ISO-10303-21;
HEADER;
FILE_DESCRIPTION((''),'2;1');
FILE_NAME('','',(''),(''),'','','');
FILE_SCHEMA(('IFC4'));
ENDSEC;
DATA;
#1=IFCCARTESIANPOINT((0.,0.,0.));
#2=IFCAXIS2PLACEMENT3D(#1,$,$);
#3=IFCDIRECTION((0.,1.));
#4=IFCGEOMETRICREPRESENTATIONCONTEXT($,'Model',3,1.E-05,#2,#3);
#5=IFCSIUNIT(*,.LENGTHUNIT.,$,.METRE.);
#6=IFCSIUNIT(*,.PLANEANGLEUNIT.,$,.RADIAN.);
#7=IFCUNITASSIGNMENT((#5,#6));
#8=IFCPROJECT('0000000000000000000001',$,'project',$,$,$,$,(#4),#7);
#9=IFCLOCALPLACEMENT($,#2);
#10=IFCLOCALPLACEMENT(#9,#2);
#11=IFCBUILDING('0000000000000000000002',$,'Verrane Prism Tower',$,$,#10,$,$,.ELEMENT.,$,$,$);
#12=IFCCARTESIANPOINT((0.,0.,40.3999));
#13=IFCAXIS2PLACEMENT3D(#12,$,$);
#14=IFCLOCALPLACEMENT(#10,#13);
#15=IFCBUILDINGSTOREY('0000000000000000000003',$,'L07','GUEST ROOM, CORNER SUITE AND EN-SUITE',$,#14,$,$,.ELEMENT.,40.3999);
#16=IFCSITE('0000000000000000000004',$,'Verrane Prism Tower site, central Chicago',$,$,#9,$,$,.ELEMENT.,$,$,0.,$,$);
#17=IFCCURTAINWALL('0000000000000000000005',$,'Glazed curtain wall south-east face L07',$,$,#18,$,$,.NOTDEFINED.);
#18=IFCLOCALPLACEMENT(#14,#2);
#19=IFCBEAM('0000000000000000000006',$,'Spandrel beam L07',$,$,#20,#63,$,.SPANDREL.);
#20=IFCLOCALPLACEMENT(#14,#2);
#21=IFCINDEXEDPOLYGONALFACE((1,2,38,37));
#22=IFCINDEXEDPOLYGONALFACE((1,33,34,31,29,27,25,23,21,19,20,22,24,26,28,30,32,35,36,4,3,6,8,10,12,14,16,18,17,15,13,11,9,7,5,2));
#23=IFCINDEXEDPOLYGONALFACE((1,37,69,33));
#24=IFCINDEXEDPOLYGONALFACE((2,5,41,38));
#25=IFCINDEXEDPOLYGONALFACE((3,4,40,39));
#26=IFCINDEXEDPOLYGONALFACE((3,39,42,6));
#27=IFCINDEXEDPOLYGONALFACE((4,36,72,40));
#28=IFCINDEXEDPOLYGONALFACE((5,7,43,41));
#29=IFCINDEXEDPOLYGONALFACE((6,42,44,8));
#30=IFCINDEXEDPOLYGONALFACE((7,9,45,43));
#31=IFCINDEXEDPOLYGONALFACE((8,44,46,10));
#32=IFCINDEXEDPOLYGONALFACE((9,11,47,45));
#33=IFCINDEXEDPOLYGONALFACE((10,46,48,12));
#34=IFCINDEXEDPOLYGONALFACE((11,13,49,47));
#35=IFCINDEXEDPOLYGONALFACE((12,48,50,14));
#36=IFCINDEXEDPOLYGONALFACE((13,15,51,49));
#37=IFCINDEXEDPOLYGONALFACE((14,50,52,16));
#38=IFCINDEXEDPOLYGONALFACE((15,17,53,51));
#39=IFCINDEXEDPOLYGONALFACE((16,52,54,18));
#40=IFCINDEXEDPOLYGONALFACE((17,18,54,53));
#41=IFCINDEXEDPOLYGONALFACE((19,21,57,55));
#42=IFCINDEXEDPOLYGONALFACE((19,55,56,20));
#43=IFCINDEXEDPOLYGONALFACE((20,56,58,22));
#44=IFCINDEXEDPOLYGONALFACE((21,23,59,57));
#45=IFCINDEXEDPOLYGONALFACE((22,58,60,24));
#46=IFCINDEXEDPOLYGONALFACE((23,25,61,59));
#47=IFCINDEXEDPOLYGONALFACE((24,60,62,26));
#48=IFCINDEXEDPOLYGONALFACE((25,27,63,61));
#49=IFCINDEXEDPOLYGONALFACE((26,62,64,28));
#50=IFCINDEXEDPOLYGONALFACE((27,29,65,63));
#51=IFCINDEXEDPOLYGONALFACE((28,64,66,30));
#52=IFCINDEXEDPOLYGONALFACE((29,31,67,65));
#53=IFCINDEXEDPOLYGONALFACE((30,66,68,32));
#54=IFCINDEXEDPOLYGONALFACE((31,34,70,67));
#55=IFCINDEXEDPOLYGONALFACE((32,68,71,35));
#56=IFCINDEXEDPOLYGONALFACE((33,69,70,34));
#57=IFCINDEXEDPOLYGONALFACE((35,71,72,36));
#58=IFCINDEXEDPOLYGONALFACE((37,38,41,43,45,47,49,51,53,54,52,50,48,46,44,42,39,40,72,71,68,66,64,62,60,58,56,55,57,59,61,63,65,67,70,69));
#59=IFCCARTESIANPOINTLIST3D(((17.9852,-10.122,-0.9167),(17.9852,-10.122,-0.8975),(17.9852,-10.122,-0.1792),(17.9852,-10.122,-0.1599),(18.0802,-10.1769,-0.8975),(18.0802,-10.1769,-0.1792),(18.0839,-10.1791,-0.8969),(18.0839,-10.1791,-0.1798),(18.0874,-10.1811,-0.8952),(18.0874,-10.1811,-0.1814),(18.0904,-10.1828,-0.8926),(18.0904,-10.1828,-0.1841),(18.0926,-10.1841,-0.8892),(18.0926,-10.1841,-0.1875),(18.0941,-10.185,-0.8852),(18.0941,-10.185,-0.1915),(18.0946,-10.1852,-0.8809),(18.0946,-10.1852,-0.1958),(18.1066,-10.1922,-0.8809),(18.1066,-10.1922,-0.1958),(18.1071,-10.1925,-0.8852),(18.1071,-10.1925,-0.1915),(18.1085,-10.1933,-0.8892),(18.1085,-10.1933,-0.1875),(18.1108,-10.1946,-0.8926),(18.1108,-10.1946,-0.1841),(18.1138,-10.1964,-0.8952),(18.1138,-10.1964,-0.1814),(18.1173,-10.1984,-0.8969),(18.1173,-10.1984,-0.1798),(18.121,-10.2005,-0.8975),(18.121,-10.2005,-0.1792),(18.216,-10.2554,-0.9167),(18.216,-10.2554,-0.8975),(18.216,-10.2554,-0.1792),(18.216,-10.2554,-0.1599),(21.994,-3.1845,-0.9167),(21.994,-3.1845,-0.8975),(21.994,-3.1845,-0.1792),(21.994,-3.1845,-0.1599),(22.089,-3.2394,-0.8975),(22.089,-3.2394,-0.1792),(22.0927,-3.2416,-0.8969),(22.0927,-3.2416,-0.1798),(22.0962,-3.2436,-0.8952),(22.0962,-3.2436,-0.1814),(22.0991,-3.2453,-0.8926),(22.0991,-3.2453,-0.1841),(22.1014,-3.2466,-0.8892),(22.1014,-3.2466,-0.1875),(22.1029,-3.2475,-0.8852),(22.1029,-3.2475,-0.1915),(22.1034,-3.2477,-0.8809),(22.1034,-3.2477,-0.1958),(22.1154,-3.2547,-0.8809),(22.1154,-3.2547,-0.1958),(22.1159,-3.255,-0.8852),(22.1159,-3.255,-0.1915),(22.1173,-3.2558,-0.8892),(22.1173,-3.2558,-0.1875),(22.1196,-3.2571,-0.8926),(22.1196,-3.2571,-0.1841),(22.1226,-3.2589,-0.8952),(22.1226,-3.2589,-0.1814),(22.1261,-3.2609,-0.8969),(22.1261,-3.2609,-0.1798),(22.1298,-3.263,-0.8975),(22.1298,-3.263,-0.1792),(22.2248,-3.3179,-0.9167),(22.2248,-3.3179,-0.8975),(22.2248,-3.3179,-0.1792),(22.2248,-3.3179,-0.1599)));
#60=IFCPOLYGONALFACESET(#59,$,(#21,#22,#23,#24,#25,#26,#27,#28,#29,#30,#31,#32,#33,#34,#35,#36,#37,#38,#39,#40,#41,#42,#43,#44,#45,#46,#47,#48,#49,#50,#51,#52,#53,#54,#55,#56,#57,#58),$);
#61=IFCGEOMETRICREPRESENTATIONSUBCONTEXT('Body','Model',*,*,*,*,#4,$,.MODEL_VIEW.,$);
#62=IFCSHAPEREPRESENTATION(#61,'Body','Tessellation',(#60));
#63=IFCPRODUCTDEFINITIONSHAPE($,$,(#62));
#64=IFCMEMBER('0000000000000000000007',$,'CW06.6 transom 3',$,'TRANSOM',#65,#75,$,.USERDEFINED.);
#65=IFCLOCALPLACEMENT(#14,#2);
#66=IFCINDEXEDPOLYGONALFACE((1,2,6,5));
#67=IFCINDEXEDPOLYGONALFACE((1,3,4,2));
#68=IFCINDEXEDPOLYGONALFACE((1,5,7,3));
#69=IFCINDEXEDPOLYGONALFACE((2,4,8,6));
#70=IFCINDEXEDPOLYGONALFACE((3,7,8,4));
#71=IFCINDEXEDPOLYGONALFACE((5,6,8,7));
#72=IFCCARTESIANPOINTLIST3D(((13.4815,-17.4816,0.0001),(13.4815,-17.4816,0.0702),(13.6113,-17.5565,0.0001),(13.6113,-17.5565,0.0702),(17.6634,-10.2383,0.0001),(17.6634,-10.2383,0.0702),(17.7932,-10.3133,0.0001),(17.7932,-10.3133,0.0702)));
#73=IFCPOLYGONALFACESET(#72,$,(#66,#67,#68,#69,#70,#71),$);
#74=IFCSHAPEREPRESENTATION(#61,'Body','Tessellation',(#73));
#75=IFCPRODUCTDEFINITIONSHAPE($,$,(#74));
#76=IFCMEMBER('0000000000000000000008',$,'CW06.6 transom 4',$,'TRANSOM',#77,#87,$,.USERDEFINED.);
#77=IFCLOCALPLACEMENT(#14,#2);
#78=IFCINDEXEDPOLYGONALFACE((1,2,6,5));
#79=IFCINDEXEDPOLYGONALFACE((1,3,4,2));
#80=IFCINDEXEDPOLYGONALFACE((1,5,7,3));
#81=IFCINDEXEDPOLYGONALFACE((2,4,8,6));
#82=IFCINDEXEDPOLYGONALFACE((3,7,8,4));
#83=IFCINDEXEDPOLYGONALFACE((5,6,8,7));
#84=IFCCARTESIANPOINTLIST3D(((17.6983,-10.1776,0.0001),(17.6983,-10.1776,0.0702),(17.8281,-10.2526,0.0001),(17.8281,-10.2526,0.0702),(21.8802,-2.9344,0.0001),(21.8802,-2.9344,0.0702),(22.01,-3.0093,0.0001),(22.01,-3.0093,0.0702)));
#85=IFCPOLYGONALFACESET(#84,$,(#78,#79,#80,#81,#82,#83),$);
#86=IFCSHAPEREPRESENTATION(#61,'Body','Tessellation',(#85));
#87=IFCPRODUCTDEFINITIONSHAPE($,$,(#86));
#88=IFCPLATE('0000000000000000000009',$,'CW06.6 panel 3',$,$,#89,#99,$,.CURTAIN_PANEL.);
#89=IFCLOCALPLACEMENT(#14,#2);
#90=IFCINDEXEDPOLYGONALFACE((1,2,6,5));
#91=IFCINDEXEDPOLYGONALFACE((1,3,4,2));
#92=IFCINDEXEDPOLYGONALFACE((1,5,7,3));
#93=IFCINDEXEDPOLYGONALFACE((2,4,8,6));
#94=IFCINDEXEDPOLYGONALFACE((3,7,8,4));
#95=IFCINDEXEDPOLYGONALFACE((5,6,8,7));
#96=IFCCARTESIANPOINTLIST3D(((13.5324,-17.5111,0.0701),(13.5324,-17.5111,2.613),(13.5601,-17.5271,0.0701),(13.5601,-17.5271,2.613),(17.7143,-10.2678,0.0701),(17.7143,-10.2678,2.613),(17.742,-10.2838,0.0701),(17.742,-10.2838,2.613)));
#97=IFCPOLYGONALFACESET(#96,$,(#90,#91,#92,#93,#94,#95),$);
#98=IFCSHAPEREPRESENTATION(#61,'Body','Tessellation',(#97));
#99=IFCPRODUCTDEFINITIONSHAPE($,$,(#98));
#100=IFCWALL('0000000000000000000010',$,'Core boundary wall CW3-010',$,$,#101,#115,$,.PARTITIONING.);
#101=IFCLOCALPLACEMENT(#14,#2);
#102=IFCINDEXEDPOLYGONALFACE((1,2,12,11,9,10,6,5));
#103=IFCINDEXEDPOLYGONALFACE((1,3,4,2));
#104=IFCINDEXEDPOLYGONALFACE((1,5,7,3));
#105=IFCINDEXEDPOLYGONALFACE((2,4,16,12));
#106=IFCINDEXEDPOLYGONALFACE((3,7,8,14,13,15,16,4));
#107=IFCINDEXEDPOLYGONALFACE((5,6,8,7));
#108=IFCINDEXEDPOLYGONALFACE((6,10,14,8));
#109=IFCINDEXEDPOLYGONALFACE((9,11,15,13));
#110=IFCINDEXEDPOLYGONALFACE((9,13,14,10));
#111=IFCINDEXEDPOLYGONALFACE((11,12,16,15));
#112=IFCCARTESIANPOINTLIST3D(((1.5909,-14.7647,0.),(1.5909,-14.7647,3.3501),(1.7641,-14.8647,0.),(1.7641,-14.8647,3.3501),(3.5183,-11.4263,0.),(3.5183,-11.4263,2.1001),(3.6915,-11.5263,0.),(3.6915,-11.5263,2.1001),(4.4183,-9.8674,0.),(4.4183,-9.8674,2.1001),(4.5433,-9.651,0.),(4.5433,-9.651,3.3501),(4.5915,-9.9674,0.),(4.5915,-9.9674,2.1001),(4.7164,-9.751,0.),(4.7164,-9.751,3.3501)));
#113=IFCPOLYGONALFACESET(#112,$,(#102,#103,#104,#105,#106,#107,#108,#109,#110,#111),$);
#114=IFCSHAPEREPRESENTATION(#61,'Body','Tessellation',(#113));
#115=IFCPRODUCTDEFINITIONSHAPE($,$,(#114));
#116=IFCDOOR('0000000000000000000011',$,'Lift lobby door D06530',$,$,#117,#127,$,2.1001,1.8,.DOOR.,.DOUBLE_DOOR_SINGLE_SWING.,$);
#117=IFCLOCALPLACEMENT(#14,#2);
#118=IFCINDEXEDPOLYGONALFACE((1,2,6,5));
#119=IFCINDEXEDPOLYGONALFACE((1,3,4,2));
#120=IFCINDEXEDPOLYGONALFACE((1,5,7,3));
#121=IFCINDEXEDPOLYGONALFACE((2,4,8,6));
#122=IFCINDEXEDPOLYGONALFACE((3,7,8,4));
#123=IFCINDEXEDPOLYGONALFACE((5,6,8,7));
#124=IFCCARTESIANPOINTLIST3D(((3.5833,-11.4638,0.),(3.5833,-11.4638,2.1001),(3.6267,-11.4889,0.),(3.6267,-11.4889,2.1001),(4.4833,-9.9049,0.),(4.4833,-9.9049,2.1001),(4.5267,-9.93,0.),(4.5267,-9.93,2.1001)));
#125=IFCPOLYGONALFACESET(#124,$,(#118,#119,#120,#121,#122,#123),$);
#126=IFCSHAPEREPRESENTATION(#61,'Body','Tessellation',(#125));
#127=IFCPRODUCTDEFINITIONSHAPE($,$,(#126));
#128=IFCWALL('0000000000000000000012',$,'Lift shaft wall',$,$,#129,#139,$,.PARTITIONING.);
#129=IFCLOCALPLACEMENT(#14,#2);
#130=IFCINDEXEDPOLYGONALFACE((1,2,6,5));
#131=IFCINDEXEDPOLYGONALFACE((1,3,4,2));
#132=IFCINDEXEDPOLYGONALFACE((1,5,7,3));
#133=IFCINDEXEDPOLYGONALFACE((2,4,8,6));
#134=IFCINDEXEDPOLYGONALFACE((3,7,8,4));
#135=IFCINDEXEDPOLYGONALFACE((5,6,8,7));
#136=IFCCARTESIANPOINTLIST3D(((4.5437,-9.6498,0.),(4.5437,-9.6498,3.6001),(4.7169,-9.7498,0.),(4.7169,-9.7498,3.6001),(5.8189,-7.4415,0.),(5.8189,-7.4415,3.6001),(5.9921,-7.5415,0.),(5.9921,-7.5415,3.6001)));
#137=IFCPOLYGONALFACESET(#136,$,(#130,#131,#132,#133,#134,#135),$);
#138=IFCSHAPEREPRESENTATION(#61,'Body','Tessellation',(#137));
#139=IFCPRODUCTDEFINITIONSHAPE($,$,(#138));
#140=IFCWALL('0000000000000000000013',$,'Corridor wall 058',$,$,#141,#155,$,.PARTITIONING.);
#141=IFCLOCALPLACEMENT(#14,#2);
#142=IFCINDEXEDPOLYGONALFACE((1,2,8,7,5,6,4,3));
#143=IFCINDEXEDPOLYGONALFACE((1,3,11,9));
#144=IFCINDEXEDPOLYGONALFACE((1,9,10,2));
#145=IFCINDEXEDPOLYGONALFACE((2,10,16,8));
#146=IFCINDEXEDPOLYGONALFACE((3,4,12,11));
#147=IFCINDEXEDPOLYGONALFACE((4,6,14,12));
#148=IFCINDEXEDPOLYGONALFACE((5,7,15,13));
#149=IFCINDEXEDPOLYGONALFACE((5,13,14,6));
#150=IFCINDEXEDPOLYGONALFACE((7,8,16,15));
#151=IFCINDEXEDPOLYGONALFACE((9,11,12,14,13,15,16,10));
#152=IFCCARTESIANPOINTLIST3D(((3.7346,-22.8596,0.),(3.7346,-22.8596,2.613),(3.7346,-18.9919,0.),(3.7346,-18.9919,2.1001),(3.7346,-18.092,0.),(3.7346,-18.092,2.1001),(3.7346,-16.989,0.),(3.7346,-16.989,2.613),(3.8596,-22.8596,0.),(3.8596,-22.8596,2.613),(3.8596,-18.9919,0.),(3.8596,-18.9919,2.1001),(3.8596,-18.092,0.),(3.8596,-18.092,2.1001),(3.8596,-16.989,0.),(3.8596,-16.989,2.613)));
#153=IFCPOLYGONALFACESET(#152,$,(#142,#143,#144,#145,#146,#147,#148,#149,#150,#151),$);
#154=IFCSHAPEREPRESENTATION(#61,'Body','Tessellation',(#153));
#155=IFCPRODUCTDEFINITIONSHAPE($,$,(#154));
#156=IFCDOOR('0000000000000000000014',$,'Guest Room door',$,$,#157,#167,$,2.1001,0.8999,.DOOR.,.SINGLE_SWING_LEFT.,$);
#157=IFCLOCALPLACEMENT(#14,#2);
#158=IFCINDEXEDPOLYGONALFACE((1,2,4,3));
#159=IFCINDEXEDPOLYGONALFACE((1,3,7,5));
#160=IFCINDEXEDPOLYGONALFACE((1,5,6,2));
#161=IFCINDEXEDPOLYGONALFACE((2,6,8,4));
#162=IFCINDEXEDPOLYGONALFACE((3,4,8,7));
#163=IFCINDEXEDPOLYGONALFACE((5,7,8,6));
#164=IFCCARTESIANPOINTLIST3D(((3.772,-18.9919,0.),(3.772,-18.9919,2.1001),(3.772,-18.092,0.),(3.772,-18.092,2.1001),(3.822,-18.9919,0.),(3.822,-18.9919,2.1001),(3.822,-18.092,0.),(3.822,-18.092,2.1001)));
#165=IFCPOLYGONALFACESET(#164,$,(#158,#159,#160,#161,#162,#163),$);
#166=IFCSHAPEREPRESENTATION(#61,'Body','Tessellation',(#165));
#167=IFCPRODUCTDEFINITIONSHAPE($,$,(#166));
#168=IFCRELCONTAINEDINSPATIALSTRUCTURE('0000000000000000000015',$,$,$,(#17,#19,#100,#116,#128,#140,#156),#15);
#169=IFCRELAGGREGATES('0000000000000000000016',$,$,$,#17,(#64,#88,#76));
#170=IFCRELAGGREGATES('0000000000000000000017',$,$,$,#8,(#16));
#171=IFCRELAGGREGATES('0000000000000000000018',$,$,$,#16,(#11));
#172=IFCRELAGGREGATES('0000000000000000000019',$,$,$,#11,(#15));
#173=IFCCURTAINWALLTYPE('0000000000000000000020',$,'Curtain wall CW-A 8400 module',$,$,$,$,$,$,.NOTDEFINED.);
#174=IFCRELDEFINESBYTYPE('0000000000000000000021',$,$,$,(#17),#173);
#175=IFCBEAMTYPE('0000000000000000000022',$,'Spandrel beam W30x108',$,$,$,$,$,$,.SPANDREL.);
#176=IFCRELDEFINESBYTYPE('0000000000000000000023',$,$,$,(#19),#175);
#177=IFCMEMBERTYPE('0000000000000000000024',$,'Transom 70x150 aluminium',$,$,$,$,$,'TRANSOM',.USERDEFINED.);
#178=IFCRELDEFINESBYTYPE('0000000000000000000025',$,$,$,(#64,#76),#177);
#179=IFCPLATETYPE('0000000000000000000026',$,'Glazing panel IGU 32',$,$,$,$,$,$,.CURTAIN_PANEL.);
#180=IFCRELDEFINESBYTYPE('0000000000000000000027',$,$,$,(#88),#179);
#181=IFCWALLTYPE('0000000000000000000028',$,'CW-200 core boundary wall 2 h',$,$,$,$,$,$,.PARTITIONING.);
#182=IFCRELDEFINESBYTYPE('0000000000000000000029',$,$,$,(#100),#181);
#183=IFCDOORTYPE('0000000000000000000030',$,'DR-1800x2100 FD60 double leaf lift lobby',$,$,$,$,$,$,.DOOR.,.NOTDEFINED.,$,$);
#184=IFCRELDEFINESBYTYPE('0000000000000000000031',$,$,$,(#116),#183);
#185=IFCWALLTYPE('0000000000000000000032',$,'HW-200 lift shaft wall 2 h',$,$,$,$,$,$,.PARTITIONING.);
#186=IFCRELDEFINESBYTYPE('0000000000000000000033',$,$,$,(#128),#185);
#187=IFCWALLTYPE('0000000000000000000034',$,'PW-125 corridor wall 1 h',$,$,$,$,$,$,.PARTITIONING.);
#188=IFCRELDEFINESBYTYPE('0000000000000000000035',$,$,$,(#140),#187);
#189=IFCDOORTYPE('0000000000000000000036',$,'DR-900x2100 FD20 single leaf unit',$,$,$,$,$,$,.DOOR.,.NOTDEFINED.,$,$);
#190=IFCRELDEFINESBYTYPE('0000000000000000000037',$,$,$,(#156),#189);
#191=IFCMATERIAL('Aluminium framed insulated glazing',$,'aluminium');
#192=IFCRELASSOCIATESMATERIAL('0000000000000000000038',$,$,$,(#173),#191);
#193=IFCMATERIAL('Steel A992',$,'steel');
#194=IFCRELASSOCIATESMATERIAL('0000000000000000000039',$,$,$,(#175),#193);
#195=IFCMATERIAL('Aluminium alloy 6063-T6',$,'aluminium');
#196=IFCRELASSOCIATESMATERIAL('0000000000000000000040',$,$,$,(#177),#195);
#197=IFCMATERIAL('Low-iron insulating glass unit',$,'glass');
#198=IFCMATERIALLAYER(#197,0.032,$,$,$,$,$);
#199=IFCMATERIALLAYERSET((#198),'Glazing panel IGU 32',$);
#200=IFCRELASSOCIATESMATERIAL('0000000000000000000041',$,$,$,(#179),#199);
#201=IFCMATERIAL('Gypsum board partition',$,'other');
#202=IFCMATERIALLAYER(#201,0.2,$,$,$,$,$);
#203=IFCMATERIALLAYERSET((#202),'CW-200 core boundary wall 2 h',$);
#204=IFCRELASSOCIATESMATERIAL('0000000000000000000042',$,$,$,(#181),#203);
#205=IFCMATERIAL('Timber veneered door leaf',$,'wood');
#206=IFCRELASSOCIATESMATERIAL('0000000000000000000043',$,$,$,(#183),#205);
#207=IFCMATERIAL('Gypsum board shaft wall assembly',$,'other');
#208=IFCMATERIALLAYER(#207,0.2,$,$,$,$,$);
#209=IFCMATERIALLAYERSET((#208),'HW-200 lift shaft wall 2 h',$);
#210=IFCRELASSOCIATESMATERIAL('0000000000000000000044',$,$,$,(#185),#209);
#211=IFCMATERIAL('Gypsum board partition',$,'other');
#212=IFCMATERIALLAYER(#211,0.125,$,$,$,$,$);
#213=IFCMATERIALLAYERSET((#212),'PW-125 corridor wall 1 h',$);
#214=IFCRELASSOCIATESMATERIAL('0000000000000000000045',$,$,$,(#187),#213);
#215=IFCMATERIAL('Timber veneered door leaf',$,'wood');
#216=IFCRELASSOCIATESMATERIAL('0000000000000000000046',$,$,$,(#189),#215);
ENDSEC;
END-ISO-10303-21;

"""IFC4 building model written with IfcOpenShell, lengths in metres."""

from ifc_helpers import new_model, si_unit, direction, frame, frame_2d, origin, origin_2d, place, context, subcontext, project, spatial, rectangle, i_section, extrude, material, layer, layer_set, material_profile, profile_set, type_object, element, fill, aggregate, save


model = new_model("IFC4")

# Units and contexts
model_context = context("Model", 3, precision=1e-05, world=origin(), true_north=direction((0.0, 1.0)))
body_context = subcontext(model_context, "Body", "Model", "MODEL_VIEW")
ifc_project = project(units=[si_unit("LENGTHUNIT", "METRE"), si_unit("PLANEANGLEUNIT", "RADIAN")], contexts=[model_context])

# Site, building, storey
site_placement = place(None, origin())
site = spatial("IfcSite", under=ifc_project, at=site_placement, Name="Verrane Prism Tower site, central Chicago", CompositionType="ELEMENT", RefElevation=0.0)
building_placement = place(site_placement, origin())
building = spatial("IfcBuilding", under=site, at=building_placement, Name="Verrane Prism Tower", CompositionType="ELEMENT")
storey_placement = place(building_placement, frame((0.0, 0.0, 40.3999)))
storey = spatial("IfcBuildingStorey", under=building, at=storey_placement, Name="L07", Description="GUEST ROOM, CORNER SUITE AND EN-SUITE", CompositionType="ELEMENT", Elevation=40.3999)

# Curtain wall
ifc_material_1 = material(Name="Aluminium framed insulated glazing", Category="aluminium")
curtain_wall_type = type_object("IfcCurtainWallType", Name="Curtain wall CW-A 8400 module", PredefinedType="NOTDEFINED", material=ifc_material_1)
curtain_wall_placement = place(storey_placement, origin())
curtain_wall = element("IfcCurtainWall", 1, at=curtain_wall_placement, inside=storey, type_object=curtain_wall_type, Name="Glazed curtain wall south-east face L07", PredefinedType="NOTDEFINED")

# Beam
ifc_material_2 = material(Name="Steel A992", Category="steel")
ifc_material_profile_1 = material_profile(ifc_material_2, i_section(OverallWidth=0.2666, OverallDepth=0.7568, WebThickness=0.0139, FlangeThickness=0.0193, FilletRadius=0.0166, at=origin_2d()), Name="W30x108")
ifc_profile_set_1 = profile_set([ifc_material_profile_1], Name="Steel A992")
beam_type_1 = type_object("IfcBeamType", Name="Spandrel beam W30x108", PredefinedType="SPANDREL", material=ifc_profile_set_1)
beam_1_placement = place(storey_placement, frame((18.1006, -10.1887, -0.5383), z_axis=(0.50032, 0.86584, 0.0), x_axis=(-0.86584, 0.50032, 0.0)))
element("IfcBeam", 2, at=beam_1_placement, inside=storey, type_object=beam_type_1, Name="Spandrel beam L07", PredefinedType="SPANDREL", context=body_context, shape_type="SweptSolid", body=[
    extrude(i_section(OverallWidth=0.2666, OverallDepth=0.7568, WebThickness=0.0139, FlangeThickness=0.0193, FilletRadius=0.0166, at=origin_2d()), origin(), (0.0, 0.0, 1.0), 8.0125),
])

# Members
ifc_material_3 = material(Name="Aluminium alloy 6063-T6", Category="aluminium")
ifc_material_profile_2 = material_profile(ifc_material_3, rectangle(XDim=0.1499, YDim=0.0701, at=origin_2d()), Name="Transom 70x150 aluminium")
ifc_profile_set_2 = profile_set([ifc_material_profile_2], Name="Aluminium alloy 6063-T6")
member_type_1 = type_object("IfcMemberType", Name="Transom 70x150 aluminium", ElementType="TRANSOM", PredefinedType="USERDEFINED", material=ifc_profile_set_2)
member_1_placement = place(storey_placement, frame((13.5464, -17.519, 0.0352), z_axis=(0.500004, 0.866023, 0.0), x_axis=(-0.866023, 0.500004, 0.0)))
member_1 = element("IfcMember", 3, at=member_1_placement, type_object=member_type_1, Name="CW06.6 transom 3", ObjectType="TRANSOM", PredefinedType="USERDEFINED", context=body_context, shape_type="SweptSolid", body=[
    extrude(rectangle(XDim=0.1499, YDim=0.0701, at=origin_2d()), origin(), (0.0, 0.0, 1.0), 8.3638),
])
member_2_placement = place(storey_placement, frame((17.7632, -10.2151, 0.0352), z_axis=(0.500004, 0.866023, 0.0), x_axis=(-0.866023, 0.500004, 0.0)))
member_2 = element("IfcMember", 4, at=member_2_placement, type_object=member_type_1, Name="CW06.6 transom 4", ObjectType="TRANSOM", PredefinedType="USERDEFINED", context=body_context, shape_type="SweptSolid", body=[
    extrude(rectangle(XDim=0.1499, YDim=0.0701, at=origin_2d()), origin(), (0.0, 0.0, 1.0), 8.3638),
])

# Plate
ifc_material_4 = material(Name="Low-iron insulating glass unit", Category="glass")
ifc_layer_1 = layer(ifc_material_4, 0.032)
ifc_layer_set_1 = layer_set([ifc_layer_1], Name="Glazing panel IGU 32")
plate_type = type_object("IfcPlateType", Name="Glazing panel IGU 32", PredefinedType="CURTAIN_PANEL", material=ifc_layer_set_1)
plate_placement = place(storey_placement, frame((15.6372, -13.8975, 0.0701), z_axis=(0.0, 0.0, 1.0), x_axis=(0.5, 0.866025, 0.0)))
plate = element("IfcPlate", 5, at=plate_placement, type_object=plate_type, Name="CW06.6 panel 3", PredefinedType="CURTAIN_PANEL", context=body_context, shape_type="SweptSolid", body=[
    extrude(rectangle(XDim=8.3638, YDim=0.032, at=origin_2d()), origin(), (0.0, 0.0, 1.0), 2.543),
])
aggregate(curtain_wall, [member_1, plate, member_2])

# Wall, opening, door
ifc_material_5 = material(Name="Gypsum board partition", Category="other")
ifc_layer_2 = layer(ifc_material_5, 0.2)
ifc_layer_set_2 = layer_set([ifc_layer_2], Name="CW-200 core boundary wall 2 h")
wall_type_1 = type_object("IfcWallType", Name="CW-200 core boundary wall 2 h", PredefinedType="PARTITIONING", material=ifc_layer_set_2)
wall_1_placement = place(storey_placement, frame((1.6775, -14.8147, 0.0), z_axis=(0.0, 0.0, 1.0), x_axis=(0.499994, 0.866029, 0.0)))
wall_1 = element("IfcWall", 6, at=wall_1_placement, inside=storey, type_object=wall_type_1, Name="Core boundary wall CW3-010", PredefinedType="PARTITIONING", context=body_context, shape_type="SweptSolid", body=[
    extrude(rectangle(XDim=5.9048, YDim=0.2, at=frame_2d((2.9524, 0.0))), origin(), (0.0, 0.0, 1.0), 3.3501),
])
opening_1_placement = place(wall_1_placement, frame((3.855, 0.0, 0.0)))
opening_1 = element("IfcOpeningElement", 7, at=opening_1_placement, cuts=wall_1, PredefinedType="OPENING", context=body_context, shape_type="SweptSolid", body=[
    extrude(rectangle(XDim=1.8, YDim=2.1001, at=frame_2d((0.8999, 1.05))), frame((0.0, 0.1099, 0.0), z_axis=(0.0, -1.0, 0.0), x_axis=(1.0, 0.0, 0.0)), (0.0, 0.0, 1.0), 0.22),
])
ifc_material_6 = material(Name="Timber veneered door leaf", Category="wood")
door_type_1 = type_object("IfcDoorType", Name="DR-1800x2100 FD60 double leaf lift lobby", OperationType="NOTDEFINED", PredefinedType="DOOR", material=ifc_material_6)
door_1_placement = place(opening_1_placement, origin())
door_1 = element("IfcDoor", 8, at=door_1_placement, inside=storey, type_object=door_type_1, Name="Lift lobby door D06530", OperationType="DOUBLE_DOOR_SINGLE_SWING", OverallHeight=2.1001, OverallWidth=1.8, PredefinedType="DOOR", context=body_context, shape_type="SweptSolid", body=[
    extrude(rectangle(XDim=1.8, YDim=2.1001, at=frame_2d((0.8999, 1.05))), frame((0.0, 0.0249, 0.0), z_axis=(0.0, -1.0, 0.0), x_axis=(1.0, 0.0, 0.0)), (0.0, 0.0, 1.0), 0.05),
])
fill(opening_1, door_1)

# Wall
ifc_material_7 = material(Name="Gypsum board shaft wall assembly", Category="other")
ifc_layer_3 = layer(ifc_material_7, 0.2)
ifc_layer_set_3 = layer_set([ifc_layer_3], Name="HW-200 lift shaft wall 2 h")
wall_type_2 = type_object("IfcWallType", Name="HW-200 lift shaft wall 2 h", PredefinedType="PARTITIONING", material=ifc_layer_set_3)
wall_2_placement = place(storey_placement, frame((4.6304, -9.6997, 0.0), z_axis=(0.0, 0.0, 1.0), x_axis=(0.500062, 0.865989, 0.0)))
element("IfcWall", 9, at=wall_2_placement, inside=storey, type_object=wall_type_2, Name="Lift shaft wall", PredefinedType="PARTITIONING", context=body_context, shape_type="SweptSolid", body=[
    extrude(rectangle(XDim=2.55, YDim=0.2, at=frame_2d((1.2749, 0.0))), origin(), (0.0, 0.0, 1.0), 3.6001),
])

# Wall, opening, door
ifc_material_8 = material(Name="Gypsum board partition", Category="other")
ifc_layer_4 = layer(ifc_material_8, 0.125)
ifc_layer_set_4 = layer_set([ifc_layer_4], Name="PW-125 corridor wall 1 h")
wall_type_3 = type_object("IfcWallType", Name="PW-125 corridor wall 1 h", PredefinedType="PARTITIONING", material=ifc_layer_set_4)
wall_3_placement = place(storey_placement, frame((3.7971, -16.989, 0.0), z_axis=(0.0, 0.0, 1.0), x_axis=(0.0, -1.0, 0.0)))
wall_3 = element("IfcWall", 10, at=wall_3_placement, inside=storey, type_object=wall_type_3, Name="Corridor wall 058", PredefinedType="PARTITIONING", context=body_context, shape_type="SweptSolid", body=[
    extrude(rectangle(XDim=5.8706, YDim=0.125, at=frame_2d((2.9353, 0.0))), origin(), (0.0, 0.0, 1.0), 2.613),
])
opening_2_placement = place(wall_3_placement, frame((1.103, 0.0, 0.0)))
opening_2 = element("IfcOpeningElement", 11, at=opening_2_placement, cuts=wall_3, PredefinedType="OPENING", context=body_context, shape_type="SweptSolid", body=[
    extrude(rectangle(XDim=0.8999, YDim=2.1001, at=frame_2d((0.45, 1.05))), frame((0.0, 0.0725, 0.0), z_axis=(0.0, -1.0, 0.0), x_axis=(1.0, 0.0, 0.0)), (0.0, 0.0, 1.0), 0.145),
])
ifc_material_9 = material(Name="Timber veneered door leaf", Category="wood")
door_type_2 = type_object("IfcDoorType", Name="DR-900x2100 FD20 single leaf unit", OperationType="NOTDEFINED", PredefinedType="DOOR", material=ifc_material_9)
door_2_placement = place(opening_2_placement, origin())
door_2 = element("IfcDoor", 12, at=door_2_placement, inside=storey, type_object=door_type_2, Name="Guest Room door", OperationType="SINGLE_SWING_LEFT", OverallHeight=2.1001, OverallWidth=0.8999, PredefinedType="DOOR", context=body_context, shape_type="SweptSolid", body=[
    extrude(rectangle(XDim=0.8999, YDim=2.1001, at=frame_2d((0.45, 1.05))), frame((0.0, 0.0249, 0.0), z_axis=(0.0, -1.0, 0.0), x_axis=(1.0, 0.0, 0.0)), (0.0, 0.0, 1.0), 0.05),
])
fill(opening_2, door_2)

save(model, "model.ifc")
